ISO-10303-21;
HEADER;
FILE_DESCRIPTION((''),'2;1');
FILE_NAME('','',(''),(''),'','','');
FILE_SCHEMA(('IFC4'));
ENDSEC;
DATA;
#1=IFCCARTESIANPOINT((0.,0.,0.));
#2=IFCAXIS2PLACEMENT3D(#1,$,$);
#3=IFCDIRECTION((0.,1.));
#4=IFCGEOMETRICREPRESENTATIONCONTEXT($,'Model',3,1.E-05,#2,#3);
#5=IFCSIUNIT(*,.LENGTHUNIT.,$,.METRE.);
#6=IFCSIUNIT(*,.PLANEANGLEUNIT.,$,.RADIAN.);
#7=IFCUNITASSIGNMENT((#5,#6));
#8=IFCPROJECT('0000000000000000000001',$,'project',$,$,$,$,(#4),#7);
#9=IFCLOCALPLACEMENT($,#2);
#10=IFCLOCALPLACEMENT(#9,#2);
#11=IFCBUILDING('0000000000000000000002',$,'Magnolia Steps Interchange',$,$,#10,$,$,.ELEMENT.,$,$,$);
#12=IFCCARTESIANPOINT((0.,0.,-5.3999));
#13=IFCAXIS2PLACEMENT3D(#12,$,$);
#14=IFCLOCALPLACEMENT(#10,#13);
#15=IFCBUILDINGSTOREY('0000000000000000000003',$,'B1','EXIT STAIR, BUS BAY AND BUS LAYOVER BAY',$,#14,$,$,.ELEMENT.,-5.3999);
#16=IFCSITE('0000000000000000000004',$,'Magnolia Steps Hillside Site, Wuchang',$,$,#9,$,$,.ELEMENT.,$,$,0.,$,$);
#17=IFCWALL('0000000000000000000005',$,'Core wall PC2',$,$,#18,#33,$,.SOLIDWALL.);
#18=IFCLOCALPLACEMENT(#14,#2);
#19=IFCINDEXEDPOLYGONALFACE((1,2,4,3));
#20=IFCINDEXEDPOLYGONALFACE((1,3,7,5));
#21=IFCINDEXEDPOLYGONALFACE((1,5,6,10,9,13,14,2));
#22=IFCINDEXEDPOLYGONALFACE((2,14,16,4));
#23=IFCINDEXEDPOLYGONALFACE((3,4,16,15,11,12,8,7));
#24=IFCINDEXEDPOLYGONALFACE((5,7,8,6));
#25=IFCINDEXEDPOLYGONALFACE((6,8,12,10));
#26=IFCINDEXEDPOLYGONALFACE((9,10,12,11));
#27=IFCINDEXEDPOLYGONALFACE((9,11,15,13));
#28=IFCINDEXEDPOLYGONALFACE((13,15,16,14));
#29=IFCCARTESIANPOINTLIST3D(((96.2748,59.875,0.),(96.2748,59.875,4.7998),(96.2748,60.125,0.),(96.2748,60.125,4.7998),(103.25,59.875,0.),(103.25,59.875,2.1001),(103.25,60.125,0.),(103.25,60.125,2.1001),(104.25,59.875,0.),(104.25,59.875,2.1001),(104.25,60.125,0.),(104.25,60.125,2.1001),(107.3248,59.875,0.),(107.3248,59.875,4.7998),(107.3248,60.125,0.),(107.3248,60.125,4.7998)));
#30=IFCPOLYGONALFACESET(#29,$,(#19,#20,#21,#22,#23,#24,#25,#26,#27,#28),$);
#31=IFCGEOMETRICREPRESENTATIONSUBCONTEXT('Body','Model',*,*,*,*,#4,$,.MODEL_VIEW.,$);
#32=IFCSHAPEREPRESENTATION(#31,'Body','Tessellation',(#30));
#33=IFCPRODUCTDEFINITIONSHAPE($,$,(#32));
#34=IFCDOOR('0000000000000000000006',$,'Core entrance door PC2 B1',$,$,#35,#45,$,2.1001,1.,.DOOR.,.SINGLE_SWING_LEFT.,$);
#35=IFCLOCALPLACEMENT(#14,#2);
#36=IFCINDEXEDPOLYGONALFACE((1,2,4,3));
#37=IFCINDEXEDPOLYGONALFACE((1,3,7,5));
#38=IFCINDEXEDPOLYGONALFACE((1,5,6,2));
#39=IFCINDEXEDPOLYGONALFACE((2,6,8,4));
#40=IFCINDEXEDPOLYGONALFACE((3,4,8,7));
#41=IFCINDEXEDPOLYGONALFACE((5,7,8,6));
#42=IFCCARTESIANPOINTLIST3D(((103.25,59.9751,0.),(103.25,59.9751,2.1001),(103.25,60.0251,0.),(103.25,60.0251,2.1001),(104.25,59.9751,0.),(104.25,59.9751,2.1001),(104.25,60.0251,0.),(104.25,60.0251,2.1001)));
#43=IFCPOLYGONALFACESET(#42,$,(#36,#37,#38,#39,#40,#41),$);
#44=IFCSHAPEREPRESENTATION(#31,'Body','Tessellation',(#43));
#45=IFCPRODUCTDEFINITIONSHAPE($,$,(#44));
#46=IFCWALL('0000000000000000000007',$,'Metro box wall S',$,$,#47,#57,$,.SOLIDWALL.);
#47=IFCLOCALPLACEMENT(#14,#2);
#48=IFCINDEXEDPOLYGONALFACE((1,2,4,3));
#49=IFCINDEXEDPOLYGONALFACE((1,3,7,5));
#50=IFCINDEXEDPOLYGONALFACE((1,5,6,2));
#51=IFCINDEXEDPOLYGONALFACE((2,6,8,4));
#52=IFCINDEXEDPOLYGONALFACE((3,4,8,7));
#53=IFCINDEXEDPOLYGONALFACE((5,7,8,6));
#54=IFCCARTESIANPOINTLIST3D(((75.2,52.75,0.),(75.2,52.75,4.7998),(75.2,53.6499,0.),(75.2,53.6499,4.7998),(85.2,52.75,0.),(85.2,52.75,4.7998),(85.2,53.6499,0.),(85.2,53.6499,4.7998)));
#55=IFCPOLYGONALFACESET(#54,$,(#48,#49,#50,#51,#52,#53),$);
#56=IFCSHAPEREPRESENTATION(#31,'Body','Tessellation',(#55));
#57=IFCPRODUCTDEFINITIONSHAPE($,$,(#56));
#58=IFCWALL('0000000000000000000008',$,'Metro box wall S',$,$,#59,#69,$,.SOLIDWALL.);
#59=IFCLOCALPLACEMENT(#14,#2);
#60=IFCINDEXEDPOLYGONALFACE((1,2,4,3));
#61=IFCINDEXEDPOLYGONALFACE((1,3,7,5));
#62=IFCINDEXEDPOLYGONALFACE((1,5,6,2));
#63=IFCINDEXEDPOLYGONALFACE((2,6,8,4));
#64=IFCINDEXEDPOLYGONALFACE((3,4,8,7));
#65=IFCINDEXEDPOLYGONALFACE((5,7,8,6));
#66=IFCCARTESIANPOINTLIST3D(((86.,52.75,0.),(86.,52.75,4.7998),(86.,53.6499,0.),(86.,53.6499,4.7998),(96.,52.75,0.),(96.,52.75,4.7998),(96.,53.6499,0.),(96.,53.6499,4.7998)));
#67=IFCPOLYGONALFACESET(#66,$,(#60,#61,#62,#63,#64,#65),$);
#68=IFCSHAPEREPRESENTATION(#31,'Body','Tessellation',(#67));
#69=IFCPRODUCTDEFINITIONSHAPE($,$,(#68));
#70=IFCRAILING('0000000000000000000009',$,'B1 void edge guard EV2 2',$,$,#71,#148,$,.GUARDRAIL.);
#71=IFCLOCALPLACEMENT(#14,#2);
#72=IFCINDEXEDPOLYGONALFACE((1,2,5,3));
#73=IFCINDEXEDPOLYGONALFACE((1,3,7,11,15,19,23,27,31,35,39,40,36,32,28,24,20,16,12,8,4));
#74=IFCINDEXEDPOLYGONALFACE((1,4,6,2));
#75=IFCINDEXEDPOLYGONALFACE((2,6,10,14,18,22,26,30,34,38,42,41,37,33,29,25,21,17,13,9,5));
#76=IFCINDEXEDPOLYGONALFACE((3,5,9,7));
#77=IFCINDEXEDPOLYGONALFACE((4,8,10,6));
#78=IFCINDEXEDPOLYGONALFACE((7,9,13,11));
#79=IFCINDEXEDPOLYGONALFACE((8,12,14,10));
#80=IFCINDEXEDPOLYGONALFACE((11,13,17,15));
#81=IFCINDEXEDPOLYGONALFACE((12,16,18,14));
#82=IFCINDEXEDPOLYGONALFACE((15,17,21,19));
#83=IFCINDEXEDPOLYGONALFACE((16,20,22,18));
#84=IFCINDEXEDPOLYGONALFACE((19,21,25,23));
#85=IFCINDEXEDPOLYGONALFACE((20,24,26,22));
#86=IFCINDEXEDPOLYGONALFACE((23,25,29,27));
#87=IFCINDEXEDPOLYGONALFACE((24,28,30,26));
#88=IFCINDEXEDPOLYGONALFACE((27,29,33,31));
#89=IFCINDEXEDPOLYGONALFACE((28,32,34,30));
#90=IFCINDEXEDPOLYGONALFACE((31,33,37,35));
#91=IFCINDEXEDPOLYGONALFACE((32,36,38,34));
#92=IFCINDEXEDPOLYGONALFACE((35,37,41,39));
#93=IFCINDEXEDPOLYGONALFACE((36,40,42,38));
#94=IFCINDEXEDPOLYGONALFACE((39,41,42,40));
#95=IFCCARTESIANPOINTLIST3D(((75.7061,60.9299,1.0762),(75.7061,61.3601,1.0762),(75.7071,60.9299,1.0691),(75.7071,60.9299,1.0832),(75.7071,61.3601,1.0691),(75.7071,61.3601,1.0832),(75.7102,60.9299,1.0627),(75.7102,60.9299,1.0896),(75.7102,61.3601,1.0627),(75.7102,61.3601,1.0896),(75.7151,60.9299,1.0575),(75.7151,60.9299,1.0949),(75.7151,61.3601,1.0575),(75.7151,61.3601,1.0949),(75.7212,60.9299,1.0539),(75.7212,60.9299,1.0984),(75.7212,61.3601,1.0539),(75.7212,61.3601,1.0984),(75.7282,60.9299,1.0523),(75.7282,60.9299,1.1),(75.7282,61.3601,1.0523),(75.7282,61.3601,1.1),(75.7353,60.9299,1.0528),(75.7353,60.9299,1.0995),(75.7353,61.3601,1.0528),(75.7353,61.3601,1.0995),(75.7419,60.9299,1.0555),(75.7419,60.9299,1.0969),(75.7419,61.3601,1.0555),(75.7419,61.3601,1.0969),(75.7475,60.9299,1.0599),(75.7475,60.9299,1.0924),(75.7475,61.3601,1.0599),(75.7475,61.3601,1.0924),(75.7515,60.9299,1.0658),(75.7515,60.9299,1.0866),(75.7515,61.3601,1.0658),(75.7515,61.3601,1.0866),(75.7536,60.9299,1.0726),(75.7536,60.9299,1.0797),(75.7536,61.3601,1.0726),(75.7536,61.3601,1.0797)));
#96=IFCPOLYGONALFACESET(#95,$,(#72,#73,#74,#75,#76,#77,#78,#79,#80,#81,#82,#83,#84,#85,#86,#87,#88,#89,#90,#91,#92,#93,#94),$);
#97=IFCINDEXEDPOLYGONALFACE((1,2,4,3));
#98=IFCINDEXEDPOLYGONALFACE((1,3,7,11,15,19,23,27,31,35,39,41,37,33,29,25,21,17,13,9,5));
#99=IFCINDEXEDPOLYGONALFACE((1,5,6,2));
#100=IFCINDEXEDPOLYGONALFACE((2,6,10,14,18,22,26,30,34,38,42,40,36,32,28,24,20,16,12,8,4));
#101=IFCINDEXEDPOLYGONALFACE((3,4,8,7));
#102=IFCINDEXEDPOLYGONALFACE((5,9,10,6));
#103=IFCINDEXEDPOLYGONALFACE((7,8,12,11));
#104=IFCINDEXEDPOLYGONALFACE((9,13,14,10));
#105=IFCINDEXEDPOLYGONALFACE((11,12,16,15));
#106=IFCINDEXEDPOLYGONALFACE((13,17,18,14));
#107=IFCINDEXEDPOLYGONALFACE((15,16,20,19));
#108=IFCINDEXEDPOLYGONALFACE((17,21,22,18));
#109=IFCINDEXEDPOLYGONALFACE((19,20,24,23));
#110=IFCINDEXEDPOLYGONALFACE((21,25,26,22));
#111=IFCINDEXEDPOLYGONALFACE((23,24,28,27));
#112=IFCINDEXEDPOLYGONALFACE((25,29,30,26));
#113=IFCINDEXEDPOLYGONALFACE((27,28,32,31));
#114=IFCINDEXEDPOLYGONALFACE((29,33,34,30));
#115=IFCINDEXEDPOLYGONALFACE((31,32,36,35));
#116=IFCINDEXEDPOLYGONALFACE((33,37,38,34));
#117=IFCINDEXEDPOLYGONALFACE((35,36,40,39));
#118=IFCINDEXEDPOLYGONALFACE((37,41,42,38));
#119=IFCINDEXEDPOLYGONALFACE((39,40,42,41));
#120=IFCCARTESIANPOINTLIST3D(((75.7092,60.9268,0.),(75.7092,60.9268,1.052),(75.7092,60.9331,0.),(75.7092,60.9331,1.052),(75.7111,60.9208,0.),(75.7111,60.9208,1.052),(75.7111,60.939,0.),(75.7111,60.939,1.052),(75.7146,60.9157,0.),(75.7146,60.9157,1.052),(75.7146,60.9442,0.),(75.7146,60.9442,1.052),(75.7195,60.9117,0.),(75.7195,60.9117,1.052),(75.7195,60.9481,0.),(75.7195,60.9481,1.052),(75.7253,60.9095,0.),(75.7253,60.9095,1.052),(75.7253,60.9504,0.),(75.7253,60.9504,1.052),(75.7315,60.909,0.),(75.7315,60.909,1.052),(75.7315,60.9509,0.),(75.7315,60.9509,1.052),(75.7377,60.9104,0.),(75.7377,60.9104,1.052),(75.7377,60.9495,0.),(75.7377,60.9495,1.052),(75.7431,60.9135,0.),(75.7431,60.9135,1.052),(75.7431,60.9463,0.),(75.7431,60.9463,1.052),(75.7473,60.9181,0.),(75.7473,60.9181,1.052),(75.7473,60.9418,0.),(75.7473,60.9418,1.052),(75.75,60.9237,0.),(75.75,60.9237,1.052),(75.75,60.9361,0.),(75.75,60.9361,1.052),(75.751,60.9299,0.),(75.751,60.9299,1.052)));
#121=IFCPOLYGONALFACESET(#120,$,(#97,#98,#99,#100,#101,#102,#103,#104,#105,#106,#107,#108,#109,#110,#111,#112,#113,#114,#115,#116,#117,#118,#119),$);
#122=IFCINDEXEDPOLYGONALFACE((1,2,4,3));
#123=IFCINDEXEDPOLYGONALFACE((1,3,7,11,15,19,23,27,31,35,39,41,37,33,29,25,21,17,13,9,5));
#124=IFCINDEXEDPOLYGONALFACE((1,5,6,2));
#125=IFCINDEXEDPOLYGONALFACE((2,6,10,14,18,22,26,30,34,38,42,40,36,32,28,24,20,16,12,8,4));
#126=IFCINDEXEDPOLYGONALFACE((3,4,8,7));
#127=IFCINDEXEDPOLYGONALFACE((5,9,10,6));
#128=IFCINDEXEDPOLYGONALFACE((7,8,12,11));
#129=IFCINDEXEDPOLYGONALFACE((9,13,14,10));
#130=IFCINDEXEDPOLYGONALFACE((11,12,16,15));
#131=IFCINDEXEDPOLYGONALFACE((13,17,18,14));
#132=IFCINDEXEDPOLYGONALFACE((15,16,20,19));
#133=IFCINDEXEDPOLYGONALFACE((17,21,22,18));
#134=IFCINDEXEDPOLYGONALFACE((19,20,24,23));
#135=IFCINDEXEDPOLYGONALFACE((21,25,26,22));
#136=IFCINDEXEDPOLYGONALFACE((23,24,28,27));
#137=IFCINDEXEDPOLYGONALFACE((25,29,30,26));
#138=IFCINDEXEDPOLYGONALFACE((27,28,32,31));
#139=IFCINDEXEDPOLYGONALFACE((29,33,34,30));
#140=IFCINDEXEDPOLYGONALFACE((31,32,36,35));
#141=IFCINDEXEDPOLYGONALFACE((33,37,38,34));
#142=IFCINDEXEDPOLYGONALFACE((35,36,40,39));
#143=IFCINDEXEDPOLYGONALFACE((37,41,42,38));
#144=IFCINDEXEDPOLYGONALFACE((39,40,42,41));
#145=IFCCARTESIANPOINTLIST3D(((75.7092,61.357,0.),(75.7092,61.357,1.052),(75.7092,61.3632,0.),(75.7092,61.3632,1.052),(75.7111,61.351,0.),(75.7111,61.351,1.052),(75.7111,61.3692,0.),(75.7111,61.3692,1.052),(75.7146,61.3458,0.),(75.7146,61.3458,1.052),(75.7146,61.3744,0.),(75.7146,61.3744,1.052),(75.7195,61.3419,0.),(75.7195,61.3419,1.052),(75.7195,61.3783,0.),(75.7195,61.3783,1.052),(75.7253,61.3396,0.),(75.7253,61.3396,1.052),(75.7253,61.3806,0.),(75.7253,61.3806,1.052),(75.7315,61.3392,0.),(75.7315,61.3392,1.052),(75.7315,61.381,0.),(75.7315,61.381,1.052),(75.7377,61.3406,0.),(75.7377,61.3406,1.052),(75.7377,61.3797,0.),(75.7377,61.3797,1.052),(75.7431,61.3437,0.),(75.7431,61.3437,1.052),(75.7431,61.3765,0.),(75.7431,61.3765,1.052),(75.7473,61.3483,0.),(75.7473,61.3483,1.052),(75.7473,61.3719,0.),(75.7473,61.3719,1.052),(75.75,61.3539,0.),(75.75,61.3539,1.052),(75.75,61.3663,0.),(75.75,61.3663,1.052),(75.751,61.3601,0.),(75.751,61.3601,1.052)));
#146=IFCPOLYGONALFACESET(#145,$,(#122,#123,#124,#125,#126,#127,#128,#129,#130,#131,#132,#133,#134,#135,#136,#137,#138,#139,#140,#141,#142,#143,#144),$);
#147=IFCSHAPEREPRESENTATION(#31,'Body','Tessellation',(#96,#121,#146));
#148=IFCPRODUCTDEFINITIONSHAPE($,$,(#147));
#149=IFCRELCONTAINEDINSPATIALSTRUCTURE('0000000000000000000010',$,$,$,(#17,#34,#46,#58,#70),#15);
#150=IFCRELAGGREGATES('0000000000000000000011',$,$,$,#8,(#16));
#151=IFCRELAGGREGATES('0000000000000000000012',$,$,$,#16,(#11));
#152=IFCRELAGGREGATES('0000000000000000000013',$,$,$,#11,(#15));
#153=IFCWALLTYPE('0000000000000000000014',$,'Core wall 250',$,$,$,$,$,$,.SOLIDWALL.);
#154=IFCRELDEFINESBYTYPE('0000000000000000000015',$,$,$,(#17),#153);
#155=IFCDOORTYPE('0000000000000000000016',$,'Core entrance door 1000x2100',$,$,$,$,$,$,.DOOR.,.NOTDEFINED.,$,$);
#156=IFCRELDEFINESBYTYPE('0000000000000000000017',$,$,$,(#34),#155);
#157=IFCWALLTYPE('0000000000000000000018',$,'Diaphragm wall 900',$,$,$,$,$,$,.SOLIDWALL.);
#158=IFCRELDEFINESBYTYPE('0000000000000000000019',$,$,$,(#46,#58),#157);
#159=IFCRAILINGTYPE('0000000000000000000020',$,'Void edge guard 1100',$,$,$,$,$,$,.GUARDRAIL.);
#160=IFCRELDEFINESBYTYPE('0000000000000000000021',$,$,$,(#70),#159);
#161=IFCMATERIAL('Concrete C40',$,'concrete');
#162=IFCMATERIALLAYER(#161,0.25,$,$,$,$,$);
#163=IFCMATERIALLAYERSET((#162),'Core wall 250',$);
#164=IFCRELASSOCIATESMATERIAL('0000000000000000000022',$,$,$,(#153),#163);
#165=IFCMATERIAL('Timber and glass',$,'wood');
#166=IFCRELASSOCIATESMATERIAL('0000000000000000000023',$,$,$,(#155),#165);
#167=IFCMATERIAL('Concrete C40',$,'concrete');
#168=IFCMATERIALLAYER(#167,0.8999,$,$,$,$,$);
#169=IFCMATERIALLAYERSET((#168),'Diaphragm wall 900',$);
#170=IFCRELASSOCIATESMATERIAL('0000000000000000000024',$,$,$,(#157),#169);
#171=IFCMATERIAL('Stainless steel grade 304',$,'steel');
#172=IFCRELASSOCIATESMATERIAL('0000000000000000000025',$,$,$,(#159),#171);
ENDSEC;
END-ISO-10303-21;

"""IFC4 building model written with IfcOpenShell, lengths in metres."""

from ifc_helpers import new_model, si_unit, direction, frame, frame_2d, origin, origin_2d, place, context, subcontext, project, spatial, rectangle, circle, extrude, material, layer, layer_set, type_object, element, fill, save


model = new_model("IFC4")

# Units and contexts
model_context = context("Model", 3, precision=1e-05, world=origin(), true_north=direction((0.0, 1.0)))
body_context = subcontext(model_context, "Body", "Model", "MODEL_VIEW")
ifc_project = project(units=[si_unit("LENGTHUNIT", "METRE"), si_unit("PLANEANGLEUNIT", "RADIAN")], contexts=[model_context])

# Site, building, storey
site_placement = place(None, origin())
site = spatial("IfcSite", under=ifc_project, at=site_placement, Name="Magnolia Steps Hillside Site, Wuchang", CompositionType="ELEMENT", RefElevation=0.0)
building_placement = place(site_placement, origin())
building = spatial("IfcBuilding", under=site, at=building_placement, Name="Magnolia Steps Interchange", CompositionType="ELEMENT")
storey_placement = place(building_placement, frame((0.0, 0.0, -5.3999)))
storey = spatial("IfcBuildingStorey", under=building, at=storey_placement, Name="B1", Description="EXIT STAIR, BUS BAY AND BUS LAYOVER BAY", CompositionType="ELEMENT", Elevation=-5.3999)

# Wall, opening, door
ifc_material_1 = material(Name="Concrete C40", Category="concrete")
ifc_layer_1 = layer(ifc_material_1, 0.25)
ifc_layer_set_1 = layer_set([ifc_layer_1], Name="Core wall 250")
wall_type_1 = type_object("IfcWallType", Name="Core wall 250", PredefinedType="SOLIDWALL", material=ifc_layer_set_1)
wall_placement = place(storey_placement, frame((96.2749, 60.0, 0.0), z_axis=(0.0, 0.0, 1.0), x_axis=(1.0, 0.0, 0.0)))
wall = element("IfcWall", 1, at=wall_placement, inside=storey, type_object=wall_type_1, Name="Core wall PC2", PredefinedType="SOLIDWALL", context=body_context, shape_type="SweptSolid", body=[
    extrude(rectangle(XDim=11.05, YDim=0.25, at=frame_2d((5.5249, 0.0))), origin(), (0.0, 0.0, 1.0), 4.7998),
])
opening_placement = place(wall_placement, frame((6.9751, 0.0, 0.0)))
opening = element("IfcOpeningElement", 2, at=opening_placement, cuts=wall, PredefinedType="OPENING", context=body_context, shape_type="SweptSolid", body=[
    extrude(rectangle(XDim=1.0, YDim=2.1001, at=frame_2d((0.5, 1.05))), frame((0.0, 0.135, 0.0), z_axis=(0.0, -1.0, 0.0), x_axis=(1.0, 0.0, 0.0)), (0.0, 0.0, 1.0), 0.27),
])
ifc_material_2 = material(Name="Timber and glass", Category="wood")
door_type = type_object("IfcDoorType", Name="Core entrance door 1000x2100", OperationType="NOTDEFINED", PredefinedType="DOOR", material=ifc_material_2)
door_placement = place(opening_placement, frame((1.0, 0.0, 0.0), z_axis=(0.0, 0.0, 1.0), x_axis=(-1.0, 0.0, 0.0)))
door = element("IfcDoor", 3, at=door_placement, inside=storey, type_object=door_type, Name="Core entrance door PC2 B1", OperationType="SINGLE_SWING_LEFT", OverallHeight=2.1001, OverallWidth=1.0, PredefinedType="DOOR", context=body_context, shape_type="SweptSolid", body=[
    extrude(rectangle(XDim=1.0, YDim=2.1001, at=frame_2d((0.5, 1.05))), frame((0.0, 0.0249, 0.0), z_axis=(0.0, -1.0, 0.0), x_axis=(1.0, 0.0, 0.0)), (0.0, 0.0, 1.0), 0.05),
])
fill(opening, door)

# Walls
ifc_material_3 = material(Name="Concrete C40", Category="concrete")
ifc_layer_2 = layer(ifc_material_3, 0.8999)
ifc_layer_set_2 = layer_set([ifc_layer_2], Name="Diaphragm wall 900")
wall_type_2 = type_object("IfcWallType", Name="Diaphragm wall 900", PredefinedType="SOLIDWALL", material=ifc_layer_set_2)
for number, where, z_axis, x_axis, name in (
    (4, (75.2, 53.2, 0.0), (0.0, 0.0, 1.0), (1.0, 0.0, 0.0), "Metro box wall S"),
    (5, (86.0, 53.2, 0.0), (0.0, 0.0, 1.0), (1.0, 0.0, 0.0), "Metro box wall S"),
):
    element("IfcWall", number, at=place(storey_placement, frame(where, z_axis=z_axis, x_axis=x_axis)), inside=storey, type_object=wall_type_2, Name=name, PredefinedType="SOLIDWALL", context=body_context, shape_type="SweptSolid", body=[
        extrude(rectangle(XDim=10.0, YDim=0.8999, at=frame_2d((5.0, 0.0))), origin(), (0.0, 0.0, 1.0), 4.7998),
    ])

# Railing
ifc_material_4 = material(Name="Stainless steel grade 304", Category="steel")
railing_type_1 = type_object("IfcRailingType", Name="Void edge guard 1100", PredefinedType="GUARDRAIL", material=ifc_material_4)
railing_1_placement = place(storey_placement, frame((75.73, 60.9299, 0.0)))
element("IfcRailing", 6, at=railing_1_placement, inside=storey, type_object=railing_type_1, Name="B1 void edge guard EV2 2", PredefinedType="GUARDRAIL", context=body_context, shape_type="SweptSolid", body=[
    extrude(circle(Radius=0.0239, at=origin_2d()), frame((0.0, 0.0, 1.0762), z_axis=(0.0, 1.0, 0.0), x_axis=(-1.0, 0.0, 0.0)), (0.0, 0.0, 1.0), 0.4302),
    extrude(circle(Radius=0.021, at=origin_2d()), origin(), (0.0, 0.0, 1.0), 1.052),
    extrude(circle(Radius=0.021, at=origin_2d()), frame((0.0, 0.4302, 0.0)), (0.0, 0.0, 1.0), 1.052),
])

save(model, "model.ifc")
